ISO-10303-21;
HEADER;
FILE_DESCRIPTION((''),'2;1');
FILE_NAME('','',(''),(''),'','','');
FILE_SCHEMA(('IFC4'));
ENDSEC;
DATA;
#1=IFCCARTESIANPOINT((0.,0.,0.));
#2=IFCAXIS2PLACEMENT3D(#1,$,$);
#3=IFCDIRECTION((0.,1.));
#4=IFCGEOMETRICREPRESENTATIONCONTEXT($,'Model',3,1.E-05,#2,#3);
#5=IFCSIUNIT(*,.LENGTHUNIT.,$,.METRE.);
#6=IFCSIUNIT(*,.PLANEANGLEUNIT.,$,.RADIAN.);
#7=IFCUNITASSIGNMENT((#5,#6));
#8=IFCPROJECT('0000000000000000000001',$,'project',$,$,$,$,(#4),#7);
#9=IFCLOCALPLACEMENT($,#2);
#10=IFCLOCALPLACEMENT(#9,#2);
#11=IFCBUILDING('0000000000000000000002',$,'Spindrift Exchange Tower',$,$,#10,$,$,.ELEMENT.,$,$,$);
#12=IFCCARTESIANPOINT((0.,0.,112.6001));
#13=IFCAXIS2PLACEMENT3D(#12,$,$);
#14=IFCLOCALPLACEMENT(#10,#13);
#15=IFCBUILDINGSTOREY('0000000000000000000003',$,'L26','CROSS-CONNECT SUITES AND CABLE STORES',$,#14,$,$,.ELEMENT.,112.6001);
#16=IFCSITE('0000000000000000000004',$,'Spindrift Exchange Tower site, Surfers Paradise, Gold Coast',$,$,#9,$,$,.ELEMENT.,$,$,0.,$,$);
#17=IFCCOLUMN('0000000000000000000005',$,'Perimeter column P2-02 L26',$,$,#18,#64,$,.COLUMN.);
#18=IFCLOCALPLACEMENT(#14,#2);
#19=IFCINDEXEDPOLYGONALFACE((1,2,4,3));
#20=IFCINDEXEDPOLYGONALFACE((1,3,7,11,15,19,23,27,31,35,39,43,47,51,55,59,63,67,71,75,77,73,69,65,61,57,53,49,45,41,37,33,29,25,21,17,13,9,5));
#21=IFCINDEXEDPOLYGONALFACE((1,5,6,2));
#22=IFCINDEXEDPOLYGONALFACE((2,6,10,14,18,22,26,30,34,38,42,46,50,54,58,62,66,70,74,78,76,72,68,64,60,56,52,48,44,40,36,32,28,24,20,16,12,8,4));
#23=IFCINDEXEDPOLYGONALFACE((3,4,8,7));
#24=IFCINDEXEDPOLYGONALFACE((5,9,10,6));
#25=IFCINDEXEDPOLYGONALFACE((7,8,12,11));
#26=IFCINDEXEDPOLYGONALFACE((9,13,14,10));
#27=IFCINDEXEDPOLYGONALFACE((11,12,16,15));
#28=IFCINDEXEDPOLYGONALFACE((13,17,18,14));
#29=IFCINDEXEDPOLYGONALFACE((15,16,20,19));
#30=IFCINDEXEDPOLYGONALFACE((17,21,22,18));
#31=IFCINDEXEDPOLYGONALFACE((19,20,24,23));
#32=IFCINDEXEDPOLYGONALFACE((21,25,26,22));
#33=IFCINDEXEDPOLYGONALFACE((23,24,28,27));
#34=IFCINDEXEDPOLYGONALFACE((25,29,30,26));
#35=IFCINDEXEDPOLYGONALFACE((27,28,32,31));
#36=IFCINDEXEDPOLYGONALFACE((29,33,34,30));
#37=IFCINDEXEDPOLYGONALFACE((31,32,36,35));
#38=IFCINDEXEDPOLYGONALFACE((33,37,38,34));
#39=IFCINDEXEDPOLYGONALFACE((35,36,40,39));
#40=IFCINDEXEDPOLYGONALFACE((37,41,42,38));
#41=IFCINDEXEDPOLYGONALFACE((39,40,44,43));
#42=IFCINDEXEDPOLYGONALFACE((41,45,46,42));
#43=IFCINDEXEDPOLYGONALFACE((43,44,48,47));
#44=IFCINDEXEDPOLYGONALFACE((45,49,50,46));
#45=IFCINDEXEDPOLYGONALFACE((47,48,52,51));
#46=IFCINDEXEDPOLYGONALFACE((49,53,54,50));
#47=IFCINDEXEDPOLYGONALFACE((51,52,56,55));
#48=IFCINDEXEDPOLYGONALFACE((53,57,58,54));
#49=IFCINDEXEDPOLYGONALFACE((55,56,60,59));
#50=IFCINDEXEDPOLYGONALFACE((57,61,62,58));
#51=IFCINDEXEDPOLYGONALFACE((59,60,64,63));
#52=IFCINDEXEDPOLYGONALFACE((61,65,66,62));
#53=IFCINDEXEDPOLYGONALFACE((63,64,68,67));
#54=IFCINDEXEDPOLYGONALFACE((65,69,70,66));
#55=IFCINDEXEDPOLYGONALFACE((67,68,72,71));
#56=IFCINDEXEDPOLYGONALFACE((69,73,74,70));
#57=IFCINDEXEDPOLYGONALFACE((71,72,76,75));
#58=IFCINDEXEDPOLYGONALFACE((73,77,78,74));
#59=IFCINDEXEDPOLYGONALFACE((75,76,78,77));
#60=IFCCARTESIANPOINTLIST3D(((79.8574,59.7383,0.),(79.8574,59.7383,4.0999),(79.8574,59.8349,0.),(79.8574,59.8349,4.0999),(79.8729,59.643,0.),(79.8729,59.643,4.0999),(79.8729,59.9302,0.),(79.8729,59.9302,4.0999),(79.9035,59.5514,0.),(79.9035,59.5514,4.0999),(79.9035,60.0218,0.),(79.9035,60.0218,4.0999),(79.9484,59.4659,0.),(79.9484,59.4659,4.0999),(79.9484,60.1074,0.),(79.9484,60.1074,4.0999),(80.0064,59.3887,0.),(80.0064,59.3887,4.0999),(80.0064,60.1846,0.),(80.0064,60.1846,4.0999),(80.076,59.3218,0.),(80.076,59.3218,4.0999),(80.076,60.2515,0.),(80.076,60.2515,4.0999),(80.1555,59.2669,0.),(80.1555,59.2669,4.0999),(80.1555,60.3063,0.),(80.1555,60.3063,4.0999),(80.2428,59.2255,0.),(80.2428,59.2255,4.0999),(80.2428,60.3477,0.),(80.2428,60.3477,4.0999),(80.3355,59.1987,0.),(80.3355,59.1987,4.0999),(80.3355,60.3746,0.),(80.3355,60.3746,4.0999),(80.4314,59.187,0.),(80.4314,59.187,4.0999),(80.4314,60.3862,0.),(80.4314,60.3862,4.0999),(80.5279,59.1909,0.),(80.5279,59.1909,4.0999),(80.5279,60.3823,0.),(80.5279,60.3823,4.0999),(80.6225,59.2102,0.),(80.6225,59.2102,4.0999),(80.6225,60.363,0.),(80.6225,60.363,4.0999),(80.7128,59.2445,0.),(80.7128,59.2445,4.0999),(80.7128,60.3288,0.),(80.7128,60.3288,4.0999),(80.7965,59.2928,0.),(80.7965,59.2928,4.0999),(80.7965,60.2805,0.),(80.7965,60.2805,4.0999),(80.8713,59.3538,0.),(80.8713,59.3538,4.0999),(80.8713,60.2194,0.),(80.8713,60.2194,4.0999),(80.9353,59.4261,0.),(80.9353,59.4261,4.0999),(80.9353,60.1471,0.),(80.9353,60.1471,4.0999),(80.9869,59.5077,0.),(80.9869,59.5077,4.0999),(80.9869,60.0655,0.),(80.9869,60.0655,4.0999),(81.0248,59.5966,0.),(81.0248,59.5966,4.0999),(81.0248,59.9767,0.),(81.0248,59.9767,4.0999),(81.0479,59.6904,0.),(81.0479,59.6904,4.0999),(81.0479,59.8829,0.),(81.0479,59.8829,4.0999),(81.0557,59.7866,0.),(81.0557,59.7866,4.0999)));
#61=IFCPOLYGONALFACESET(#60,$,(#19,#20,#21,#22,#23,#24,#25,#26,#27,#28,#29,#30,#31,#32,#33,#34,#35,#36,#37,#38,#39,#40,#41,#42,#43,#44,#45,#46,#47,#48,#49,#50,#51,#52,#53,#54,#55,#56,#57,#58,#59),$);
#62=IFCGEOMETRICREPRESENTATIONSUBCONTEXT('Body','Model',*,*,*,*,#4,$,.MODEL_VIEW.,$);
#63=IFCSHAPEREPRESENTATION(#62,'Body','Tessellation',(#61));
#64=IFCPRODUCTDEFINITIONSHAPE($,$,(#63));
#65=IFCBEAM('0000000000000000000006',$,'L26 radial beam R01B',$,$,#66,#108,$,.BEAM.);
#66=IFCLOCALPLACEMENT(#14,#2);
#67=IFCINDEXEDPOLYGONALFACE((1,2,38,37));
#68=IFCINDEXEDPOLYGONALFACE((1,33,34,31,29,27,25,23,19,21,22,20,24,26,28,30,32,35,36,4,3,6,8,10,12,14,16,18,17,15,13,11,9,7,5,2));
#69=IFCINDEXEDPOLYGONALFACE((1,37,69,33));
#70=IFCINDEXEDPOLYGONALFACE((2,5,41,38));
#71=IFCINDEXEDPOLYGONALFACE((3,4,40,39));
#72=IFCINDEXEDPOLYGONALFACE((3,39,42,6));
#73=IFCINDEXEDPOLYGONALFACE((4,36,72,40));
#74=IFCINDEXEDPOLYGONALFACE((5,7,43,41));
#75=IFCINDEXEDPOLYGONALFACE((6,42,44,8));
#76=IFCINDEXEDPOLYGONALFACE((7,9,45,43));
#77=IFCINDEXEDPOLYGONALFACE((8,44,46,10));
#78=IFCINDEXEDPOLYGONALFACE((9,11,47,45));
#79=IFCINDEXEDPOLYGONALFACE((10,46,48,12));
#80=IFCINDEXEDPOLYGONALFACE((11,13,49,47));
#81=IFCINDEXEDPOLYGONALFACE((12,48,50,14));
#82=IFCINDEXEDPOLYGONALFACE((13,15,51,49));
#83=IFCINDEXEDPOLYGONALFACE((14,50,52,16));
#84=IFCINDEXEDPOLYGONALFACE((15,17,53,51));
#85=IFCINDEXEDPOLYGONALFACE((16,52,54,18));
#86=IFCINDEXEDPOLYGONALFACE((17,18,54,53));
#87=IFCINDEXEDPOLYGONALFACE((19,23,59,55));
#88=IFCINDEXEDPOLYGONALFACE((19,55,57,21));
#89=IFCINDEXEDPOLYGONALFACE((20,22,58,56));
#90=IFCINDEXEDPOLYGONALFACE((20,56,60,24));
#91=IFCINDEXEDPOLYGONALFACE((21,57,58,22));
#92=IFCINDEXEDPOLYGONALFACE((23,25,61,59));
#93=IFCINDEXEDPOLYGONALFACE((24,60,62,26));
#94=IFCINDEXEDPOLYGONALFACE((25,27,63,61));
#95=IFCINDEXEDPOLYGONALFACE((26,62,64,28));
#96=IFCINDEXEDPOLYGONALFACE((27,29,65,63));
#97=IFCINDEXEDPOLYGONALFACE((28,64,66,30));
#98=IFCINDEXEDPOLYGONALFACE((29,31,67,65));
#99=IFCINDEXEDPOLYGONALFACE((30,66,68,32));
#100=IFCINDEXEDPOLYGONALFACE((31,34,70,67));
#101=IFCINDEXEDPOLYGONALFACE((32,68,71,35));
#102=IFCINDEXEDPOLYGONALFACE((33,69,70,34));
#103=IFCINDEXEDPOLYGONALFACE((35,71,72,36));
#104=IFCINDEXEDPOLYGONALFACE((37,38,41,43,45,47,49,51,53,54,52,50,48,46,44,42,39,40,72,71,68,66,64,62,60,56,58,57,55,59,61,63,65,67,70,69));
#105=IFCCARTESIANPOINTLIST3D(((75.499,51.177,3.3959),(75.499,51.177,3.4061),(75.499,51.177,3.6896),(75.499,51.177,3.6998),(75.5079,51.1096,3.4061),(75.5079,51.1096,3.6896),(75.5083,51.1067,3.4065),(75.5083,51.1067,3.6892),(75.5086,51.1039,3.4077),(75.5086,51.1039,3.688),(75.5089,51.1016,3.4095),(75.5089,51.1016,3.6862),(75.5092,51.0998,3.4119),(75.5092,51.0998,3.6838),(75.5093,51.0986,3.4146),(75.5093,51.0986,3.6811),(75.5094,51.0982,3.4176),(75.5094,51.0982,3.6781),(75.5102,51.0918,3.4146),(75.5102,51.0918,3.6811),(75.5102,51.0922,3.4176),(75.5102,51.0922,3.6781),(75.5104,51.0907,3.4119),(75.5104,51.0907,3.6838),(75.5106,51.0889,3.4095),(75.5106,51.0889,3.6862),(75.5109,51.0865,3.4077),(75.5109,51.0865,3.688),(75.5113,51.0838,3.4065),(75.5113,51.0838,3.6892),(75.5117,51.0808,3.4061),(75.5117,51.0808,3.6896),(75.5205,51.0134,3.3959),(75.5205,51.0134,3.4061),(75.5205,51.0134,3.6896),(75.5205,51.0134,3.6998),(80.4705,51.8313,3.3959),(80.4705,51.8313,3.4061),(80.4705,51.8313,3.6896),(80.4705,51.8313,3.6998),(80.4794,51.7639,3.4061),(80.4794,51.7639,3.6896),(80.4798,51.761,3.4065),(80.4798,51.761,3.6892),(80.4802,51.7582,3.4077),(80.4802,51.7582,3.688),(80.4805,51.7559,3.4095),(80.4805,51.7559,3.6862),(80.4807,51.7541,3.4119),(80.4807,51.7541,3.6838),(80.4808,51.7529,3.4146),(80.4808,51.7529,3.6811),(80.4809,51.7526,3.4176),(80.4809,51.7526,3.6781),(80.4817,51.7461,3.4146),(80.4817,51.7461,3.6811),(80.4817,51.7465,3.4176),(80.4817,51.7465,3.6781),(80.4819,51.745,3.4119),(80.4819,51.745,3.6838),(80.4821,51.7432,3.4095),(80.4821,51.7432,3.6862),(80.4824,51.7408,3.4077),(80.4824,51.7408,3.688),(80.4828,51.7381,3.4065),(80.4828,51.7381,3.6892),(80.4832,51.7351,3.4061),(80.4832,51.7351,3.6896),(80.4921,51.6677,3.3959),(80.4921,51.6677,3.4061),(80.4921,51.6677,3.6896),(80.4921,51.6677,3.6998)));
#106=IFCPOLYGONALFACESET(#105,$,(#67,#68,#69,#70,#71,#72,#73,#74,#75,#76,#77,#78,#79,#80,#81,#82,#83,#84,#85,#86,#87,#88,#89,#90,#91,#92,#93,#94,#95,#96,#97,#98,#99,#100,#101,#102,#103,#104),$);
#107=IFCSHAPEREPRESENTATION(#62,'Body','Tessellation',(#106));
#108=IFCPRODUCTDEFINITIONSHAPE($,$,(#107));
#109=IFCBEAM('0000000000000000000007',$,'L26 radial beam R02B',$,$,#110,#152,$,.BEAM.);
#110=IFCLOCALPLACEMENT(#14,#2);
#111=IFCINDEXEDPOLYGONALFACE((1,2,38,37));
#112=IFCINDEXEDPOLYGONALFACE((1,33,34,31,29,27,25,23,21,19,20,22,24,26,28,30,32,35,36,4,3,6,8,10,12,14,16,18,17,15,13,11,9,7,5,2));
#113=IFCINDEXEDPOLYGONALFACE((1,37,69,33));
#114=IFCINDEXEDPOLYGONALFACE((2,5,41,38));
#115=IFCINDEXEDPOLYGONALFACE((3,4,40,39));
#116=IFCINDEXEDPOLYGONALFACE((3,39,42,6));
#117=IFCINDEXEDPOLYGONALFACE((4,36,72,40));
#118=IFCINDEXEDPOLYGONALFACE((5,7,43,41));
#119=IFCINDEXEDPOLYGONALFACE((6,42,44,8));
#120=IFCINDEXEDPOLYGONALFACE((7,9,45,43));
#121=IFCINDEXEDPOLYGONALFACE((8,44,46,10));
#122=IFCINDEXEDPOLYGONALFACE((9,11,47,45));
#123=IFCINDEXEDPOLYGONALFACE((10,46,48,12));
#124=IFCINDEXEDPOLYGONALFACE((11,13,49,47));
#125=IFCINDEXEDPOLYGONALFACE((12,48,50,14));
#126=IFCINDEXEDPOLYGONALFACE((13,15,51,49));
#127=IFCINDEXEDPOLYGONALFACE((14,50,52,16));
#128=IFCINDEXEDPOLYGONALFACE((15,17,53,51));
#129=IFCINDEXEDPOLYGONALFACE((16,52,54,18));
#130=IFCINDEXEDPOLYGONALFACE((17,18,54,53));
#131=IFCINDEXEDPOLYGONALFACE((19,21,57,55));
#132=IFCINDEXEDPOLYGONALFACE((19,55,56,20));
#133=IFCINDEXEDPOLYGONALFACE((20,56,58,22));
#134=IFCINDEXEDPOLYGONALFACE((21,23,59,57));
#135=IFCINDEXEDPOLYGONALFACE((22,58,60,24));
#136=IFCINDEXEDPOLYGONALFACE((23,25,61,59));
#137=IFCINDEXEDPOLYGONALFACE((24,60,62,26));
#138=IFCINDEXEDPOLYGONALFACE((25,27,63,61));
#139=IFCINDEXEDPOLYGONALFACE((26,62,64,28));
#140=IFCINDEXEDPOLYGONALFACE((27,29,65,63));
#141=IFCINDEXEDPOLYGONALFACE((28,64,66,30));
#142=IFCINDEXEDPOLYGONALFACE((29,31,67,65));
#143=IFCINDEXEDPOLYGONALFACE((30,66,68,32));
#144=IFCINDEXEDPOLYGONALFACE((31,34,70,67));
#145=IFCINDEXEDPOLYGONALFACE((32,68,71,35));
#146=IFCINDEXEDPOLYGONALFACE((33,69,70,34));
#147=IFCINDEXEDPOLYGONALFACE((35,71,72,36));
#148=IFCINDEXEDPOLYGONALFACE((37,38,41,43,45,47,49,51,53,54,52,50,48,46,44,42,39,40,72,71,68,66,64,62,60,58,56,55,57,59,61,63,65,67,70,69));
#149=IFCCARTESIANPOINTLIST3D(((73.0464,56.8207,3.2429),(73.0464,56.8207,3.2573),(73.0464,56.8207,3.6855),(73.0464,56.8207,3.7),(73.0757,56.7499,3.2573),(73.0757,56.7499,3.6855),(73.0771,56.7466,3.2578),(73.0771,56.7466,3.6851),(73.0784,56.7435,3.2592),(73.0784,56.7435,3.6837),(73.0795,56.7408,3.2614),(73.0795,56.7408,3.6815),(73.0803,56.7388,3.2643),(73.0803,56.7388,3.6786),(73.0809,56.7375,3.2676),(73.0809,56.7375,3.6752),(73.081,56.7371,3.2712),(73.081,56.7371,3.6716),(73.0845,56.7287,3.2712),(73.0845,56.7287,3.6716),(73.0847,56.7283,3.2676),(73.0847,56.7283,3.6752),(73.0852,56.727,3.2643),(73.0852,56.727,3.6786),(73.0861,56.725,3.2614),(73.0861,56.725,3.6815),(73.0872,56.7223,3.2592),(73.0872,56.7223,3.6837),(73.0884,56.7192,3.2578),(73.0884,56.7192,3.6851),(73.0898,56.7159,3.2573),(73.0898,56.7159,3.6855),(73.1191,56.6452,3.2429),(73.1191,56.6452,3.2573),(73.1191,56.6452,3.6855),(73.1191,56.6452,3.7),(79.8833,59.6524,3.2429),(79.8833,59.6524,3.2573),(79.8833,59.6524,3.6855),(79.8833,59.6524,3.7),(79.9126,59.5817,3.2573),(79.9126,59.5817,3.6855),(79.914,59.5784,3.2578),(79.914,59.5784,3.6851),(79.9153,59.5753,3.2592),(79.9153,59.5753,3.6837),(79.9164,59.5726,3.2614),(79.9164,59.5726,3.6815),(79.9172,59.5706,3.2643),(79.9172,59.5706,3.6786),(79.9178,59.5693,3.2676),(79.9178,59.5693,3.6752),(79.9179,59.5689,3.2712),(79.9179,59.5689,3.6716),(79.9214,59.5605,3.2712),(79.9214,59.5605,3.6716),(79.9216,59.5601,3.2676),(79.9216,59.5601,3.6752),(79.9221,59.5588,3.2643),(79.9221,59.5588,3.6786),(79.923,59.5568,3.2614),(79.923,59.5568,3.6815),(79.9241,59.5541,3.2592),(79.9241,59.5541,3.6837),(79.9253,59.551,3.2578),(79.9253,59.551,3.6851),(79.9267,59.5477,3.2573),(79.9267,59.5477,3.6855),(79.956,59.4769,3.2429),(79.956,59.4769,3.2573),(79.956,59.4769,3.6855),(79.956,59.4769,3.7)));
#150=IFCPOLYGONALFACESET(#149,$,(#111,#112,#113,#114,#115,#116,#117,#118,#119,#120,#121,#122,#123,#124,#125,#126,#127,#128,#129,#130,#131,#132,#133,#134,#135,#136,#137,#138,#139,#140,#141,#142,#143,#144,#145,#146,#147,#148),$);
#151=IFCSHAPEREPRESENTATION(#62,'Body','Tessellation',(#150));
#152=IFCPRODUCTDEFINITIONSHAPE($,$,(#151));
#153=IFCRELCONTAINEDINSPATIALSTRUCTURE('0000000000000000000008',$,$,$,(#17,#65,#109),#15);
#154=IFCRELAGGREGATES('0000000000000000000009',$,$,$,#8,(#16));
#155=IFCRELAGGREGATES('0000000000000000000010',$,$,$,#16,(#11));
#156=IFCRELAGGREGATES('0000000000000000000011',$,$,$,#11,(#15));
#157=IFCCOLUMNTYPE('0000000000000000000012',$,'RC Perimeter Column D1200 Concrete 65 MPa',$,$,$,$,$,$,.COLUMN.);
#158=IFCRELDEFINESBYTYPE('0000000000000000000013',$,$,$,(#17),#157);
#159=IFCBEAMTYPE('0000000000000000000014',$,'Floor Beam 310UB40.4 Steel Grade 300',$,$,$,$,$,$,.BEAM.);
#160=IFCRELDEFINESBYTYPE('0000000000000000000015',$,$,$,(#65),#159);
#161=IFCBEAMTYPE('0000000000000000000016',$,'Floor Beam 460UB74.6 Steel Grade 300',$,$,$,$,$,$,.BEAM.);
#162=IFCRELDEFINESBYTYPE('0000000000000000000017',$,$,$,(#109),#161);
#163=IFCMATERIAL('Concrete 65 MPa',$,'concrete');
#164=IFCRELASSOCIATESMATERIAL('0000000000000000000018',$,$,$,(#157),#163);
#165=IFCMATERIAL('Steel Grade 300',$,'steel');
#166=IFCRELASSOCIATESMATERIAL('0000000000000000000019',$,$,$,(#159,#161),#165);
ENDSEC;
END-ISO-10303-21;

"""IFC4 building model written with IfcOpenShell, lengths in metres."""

from ifc_helpers import new_model, si_unit, direction, frame, origin, origin_2d, place, context, subcontext, project, spatial, circle, i_section, extrude, source, transform, mapped, material, material_profile, profile_set, type_object, element, save


model = new_model("IFC4")

# Units and contexts
model_context = context("Model", 3, precision=1e-05, world=origin(), true_north=direction((0.0, 1.0)))
body_context = subcontext(model_context, "Body", "Model", "MODEL_VIEW")
ifc_project = project(units=[si_unit("LENGTHUNIT", "METRE"), si_unit("PLANEANGLEUNIT", "RADIAN")], contexts=[model_context])

# Site, building, storey
site_placement = place(None, origin())
site = spatial("IfcSite", under=ifc_project, at=site_placement, Name="Spindrift Exchange Tower site, Surfers Paradise, Gold Coast", CompositionType="ELEMENT", RefElevation=0.0)
building_placement = place(site_placement, origin())
building = spatial("IfcBuilding", under=site, at=building_placement, Name="Spindrift Exchange Tower", CompositionType="ELEMENT")
storey_placement = place(building_placement, frame((0.0, 0.0, 112.6001)))
storey = spatial("IfcBuildingStorey", under=building, at=storey_placement, Name="L26", Description="CROSS-CONNECT SUITES AND CABLE STORES", CompositionType="ELEMENT", Elevation=112.6001)

# Column
ifc_material_1 = material(Name="Concrete 65 MPa", Category="concrete")
ifc_material_profile_1 = material_profile(ifc_material_1, circle(Radius=0.6001, at=origin_2d()), Name="RC D1200")
ifc_profile_set_1 = profile_set([ifc_material_profile_1], Name="Concrete 65 MPa")
column_type_1 = type_object("IfcColumnType", Name="RC Perimeter Column D1200 Concrete 65 MPa", PredefinedType="COLUMN", material=ifc_profile_set_1)
shared_shape_1 = source(origin(), body_context, "Body", "SweptSolid", [
    extrude(circle(Radius=0.6001, at=origin_2d()), origin(), (0.0, 0.0, 1.0), 4.0999),
])
for number, where, z_axis, x_axis, name in (
    (1, (80.4556, 59.7866, 0.0), (0.0, 0.0, 1.0), (1.0, 0.0, 0.0), "Perimeter column P2-02 L26"),
):
    element("IfcColumn", number, at=place(storey_placement, frame(where, z_axis=z_axis, x_axis=x_axis)), inside=storey, type_object=column_type_1, Name=name, PredefinedType="COLUMN", context=body_context, shape_type="MappedRepresentation", body=[
        mapped(shared_shape_1, transform((0.0, 0.0, 0.0), scale=1.0)),
    ])

# Beams
ifc_material_2 = material(Name="Steel Grade 300", Category="steel")
ifc_material_profile_2 = material_profile(ifc_material_2, i_section(OverallWidth=0.165, OverallDepth=0.304, WebThickness=0.0061, FlangeThickness=0.0103, FilletRadius=0.0115, at=origin_2d()), Name="310UB40.4")
ifc_profile_set_2 = profile_set([ifc_material_profile_2], Name="Steel Grade 300")
beam_type_1 = type_object("IfcBeamType", Name="Floor Beam 310UB40.4 Steel Grade 300", PredefinedType="BEAM", material=ifc_profile_set_2)
shared_shape_2 = source(origin(), body_context, "Body", "SweptSolid", [
    extrude(i_section(OverallWidth=0.165, OverallDepth=0.304, WebThickness=0.0061, FlangeThickness=0.0103, FilletRadius=0.0115, at=origin_2d()), origin(), (0.0, 0.0, 1.0), 5.0144),
])
beam_1_placement = place(storey_placement, frame((75.5098, 51.0952, 3.5479), z_axis=(0.99145, 0.130486, 0.0), x_axis=(-0.130486, 0.99145, 0.0)))
element("IfcBeam", 2, at=beam_1_placement, inside=storey, type_object=beam_type_1, Name="L26 radial beam R01B", PredefinedType="BEAM", context=body_context, shape_type="MappedRepresentation", body=[
    mapped(shared_shape_2, transform((0.0, 0.0, 0.0), scale=1.0)),
])
ifc_material_profile_3 = material_profile(ifc_material_2, i_section(OverallWidth=0.1899, OverallDepth=0.457, WebThickness=0.009, FlangeThickness=0.0144, FilletRadius=0.0139, at=origin_2d()), Name="460UB74.6")
ifc_profile_set_3 = profile_set([ifc_material_profile_3], Name="Steel Grade 300")
beam_type_2 = type_object("IfcBeamType", Name="Floor Beam 460UB74.6 Steel Grade 300", PredefinedType="BEAM", material=ifc_profile_set_3)
shared_shape_3 = source(origin(), body_context, "Body", "SweptSolid", [
    extrude(i_section(OverallWidth=0.1899, OverallDepth=0.457, WebThickness=0.009, FlangeThickness=0.0144, FilletRadius=0.0139, at=origin_2d()), origin(), (0.0, 0.0, 1.0), 7.4001),
])
beam_2_placement = place(storey_placement, frame((73.0828, 56.7329, 3.4714), z_axis=(0.923887, 0.382666, 0.0), x_axis=(-0.382666, 0.923887, 0.0)))
element("IfcBeam", 3, at=beam_2_placement, inside=storey, type_object=beam_type_2, Name="L26 radial beam R02B", PredefinedType="BEAM", context=body_context, shape_type="MappedRepresentation", body=[
    mapped(shared_shape_3, transform((0.0, 0.0, 0.0), scale=1.0)),
])

save(model, "model.ifc")
